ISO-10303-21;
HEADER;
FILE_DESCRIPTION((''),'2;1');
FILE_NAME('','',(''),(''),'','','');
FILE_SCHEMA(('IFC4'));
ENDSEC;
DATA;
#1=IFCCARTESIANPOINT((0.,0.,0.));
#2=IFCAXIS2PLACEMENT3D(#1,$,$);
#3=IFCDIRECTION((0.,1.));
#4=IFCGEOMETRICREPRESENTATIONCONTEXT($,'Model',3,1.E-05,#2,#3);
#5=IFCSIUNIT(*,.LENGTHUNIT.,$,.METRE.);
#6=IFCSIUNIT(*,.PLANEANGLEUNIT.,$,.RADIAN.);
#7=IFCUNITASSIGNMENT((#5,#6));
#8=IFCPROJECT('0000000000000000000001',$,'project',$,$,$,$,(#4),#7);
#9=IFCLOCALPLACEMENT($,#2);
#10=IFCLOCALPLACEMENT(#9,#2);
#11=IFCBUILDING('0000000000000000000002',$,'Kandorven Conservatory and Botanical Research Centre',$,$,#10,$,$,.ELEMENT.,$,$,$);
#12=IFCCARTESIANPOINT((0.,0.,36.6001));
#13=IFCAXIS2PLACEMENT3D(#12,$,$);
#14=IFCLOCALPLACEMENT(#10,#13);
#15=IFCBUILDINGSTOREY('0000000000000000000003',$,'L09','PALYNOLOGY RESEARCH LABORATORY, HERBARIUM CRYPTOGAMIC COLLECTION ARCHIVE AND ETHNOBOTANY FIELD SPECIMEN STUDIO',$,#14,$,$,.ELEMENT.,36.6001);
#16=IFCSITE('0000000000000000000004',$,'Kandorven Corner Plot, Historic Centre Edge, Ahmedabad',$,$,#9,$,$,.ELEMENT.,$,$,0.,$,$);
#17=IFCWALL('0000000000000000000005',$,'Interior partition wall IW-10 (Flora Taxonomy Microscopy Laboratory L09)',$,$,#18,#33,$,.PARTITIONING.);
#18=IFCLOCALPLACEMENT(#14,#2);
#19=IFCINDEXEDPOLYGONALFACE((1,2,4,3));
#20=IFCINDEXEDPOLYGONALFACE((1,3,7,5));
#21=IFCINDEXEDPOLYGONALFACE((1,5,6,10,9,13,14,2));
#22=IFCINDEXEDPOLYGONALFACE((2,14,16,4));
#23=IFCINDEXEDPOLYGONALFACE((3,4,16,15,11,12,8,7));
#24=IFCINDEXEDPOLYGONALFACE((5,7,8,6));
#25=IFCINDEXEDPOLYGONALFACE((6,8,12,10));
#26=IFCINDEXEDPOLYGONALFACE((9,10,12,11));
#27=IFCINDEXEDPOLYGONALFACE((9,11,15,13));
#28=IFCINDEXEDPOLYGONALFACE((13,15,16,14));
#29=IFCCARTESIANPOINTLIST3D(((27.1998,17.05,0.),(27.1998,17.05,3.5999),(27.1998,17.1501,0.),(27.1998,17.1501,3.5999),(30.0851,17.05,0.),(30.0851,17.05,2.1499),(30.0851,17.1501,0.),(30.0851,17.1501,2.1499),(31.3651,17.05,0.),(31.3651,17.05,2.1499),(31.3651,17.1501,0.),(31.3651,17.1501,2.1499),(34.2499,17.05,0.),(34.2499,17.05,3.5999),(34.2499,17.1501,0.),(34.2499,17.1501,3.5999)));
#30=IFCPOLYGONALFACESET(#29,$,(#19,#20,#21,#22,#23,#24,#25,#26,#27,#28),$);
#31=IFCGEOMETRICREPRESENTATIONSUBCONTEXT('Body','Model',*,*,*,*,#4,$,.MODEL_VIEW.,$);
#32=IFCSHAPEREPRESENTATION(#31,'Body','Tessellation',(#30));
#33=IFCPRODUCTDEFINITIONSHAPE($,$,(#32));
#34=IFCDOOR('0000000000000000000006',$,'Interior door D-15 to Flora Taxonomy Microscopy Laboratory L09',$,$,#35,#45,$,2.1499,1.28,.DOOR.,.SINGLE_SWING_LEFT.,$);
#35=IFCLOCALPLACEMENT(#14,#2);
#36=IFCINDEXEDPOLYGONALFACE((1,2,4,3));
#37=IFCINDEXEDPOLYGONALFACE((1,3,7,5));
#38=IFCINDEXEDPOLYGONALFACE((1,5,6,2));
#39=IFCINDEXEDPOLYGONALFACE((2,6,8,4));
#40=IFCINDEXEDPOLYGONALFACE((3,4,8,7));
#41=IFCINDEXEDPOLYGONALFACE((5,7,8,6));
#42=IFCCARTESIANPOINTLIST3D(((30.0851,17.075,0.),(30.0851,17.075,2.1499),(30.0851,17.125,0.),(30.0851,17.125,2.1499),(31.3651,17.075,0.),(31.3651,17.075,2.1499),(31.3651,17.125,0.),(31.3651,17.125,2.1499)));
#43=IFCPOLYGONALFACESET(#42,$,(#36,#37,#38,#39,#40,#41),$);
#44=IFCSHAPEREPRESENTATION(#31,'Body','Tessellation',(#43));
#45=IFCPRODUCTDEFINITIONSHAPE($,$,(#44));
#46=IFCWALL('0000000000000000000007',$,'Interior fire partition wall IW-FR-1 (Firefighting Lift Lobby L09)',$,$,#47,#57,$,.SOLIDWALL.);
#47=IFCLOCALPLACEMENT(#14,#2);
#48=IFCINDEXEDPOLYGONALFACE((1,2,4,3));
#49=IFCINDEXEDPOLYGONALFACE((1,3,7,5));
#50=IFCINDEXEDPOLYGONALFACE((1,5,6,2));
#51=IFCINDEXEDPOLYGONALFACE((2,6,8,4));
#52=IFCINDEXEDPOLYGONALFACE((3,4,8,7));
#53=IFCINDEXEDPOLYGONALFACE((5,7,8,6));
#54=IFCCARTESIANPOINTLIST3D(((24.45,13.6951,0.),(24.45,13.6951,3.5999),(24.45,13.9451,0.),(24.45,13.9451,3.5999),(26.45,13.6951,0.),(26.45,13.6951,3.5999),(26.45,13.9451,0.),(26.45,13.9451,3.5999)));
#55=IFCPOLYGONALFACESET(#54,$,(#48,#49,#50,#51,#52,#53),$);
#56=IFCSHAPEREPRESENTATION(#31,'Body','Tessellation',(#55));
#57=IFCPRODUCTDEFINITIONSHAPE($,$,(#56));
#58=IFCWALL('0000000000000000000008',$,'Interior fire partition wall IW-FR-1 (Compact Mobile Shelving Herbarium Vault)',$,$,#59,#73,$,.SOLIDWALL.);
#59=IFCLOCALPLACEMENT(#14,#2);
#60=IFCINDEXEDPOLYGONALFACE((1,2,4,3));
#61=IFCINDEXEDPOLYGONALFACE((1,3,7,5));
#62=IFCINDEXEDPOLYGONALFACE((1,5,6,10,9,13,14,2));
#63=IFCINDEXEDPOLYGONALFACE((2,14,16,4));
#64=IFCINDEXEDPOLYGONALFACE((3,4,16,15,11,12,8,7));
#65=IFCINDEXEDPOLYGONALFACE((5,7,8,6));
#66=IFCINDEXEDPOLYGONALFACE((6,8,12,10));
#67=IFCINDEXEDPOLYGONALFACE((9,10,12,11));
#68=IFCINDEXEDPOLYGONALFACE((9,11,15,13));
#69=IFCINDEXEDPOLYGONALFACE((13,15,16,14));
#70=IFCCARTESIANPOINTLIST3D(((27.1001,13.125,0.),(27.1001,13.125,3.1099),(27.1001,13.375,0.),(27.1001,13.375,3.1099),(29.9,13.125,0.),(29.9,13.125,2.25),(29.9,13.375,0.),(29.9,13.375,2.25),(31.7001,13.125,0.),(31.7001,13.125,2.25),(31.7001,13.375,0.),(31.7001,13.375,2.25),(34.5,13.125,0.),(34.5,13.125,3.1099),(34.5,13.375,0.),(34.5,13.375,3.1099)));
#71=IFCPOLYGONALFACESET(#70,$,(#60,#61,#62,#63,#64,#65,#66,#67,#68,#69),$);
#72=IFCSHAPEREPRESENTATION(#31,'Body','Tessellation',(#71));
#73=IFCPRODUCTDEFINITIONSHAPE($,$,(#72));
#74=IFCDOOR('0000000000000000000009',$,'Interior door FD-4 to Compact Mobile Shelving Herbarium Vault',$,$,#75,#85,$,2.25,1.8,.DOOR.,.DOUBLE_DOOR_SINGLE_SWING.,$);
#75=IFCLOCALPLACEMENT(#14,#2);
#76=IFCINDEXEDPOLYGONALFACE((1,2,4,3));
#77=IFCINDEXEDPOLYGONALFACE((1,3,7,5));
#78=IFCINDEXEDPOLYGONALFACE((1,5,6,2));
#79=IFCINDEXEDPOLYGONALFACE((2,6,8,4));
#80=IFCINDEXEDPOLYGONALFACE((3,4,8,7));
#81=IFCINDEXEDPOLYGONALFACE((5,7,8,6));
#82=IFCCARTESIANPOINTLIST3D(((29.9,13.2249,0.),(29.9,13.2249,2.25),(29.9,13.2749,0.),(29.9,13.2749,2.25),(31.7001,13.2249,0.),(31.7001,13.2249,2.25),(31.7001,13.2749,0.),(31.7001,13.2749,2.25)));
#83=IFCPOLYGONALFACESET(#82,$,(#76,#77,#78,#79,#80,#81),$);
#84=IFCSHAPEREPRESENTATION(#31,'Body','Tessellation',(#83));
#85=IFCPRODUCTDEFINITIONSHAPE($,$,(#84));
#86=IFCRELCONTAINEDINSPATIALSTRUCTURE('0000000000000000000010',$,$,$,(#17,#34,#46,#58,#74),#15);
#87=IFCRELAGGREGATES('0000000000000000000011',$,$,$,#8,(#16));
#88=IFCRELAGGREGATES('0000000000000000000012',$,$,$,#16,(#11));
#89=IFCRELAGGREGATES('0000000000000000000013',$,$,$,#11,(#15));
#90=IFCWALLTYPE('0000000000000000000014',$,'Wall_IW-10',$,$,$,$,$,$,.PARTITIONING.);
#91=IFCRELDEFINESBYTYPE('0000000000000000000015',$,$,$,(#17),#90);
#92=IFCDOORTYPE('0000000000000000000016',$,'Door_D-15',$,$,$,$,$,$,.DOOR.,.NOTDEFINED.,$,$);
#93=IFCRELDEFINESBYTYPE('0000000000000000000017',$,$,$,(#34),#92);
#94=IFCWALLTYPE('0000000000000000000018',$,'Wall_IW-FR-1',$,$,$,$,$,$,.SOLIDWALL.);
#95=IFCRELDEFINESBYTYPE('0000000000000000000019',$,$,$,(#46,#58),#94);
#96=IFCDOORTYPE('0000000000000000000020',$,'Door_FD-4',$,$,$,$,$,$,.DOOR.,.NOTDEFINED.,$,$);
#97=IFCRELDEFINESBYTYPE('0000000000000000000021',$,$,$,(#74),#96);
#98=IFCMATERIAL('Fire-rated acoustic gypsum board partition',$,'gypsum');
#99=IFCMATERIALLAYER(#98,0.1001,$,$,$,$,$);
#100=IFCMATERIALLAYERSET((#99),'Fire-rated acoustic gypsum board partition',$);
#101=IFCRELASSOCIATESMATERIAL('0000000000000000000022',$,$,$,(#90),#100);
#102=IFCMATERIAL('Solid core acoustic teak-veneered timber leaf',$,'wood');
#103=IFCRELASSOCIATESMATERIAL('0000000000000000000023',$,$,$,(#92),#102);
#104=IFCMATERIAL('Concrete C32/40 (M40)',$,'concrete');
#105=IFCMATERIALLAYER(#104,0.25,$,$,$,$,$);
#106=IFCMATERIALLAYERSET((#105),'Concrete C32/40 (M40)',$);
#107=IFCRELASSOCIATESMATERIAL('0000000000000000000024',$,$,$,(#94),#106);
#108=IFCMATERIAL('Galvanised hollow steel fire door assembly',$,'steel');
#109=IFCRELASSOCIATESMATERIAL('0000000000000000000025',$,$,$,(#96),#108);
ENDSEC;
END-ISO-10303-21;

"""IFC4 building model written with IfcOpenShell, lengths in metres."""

from ifc_helpers import new_model, si_unit, direction, frame, frame_2d, origin, place, context, subcontext, project, spatial, rectangle, extrude, material, layer, layer_set, type_object, element, fill, save


model = new_model("IFC4")

# Units and contexts
model_context = context("Model", 3, precision=1e-05, world=origin(), true_north=direction((0.0, 1.0)))
body_context = subcontext(model_context, "Body", "Model", "MODEL_VIEW")
ifc_project = project(units=[si_unit("LENGTHUNIT", "METRE"), si_unit("PLANEANGLEUNIT", "RADIAN")], contexts=[model_context])

# Site, building, storey
site_placement = place(None, origin())
site = spatial("IfcSite", under=ifc_project, at=site_placement, Name="Kandorven Corner Plot, Historic Centre Edge, Ahmedabad", CompositionType="ELEMENT", RefElevation=0.0)
building_placement = place(site_placement, origin())
building = spatial("IfcBuilding", under=site, at=building_placement, Name="Kandorven Conservatory and Botanical Research Centre", CompositionType="ELEMENT")
storey_placement = place(building_placement, frame((0.0, 0.0, 36.6001)))
storey = spatial("IfcBuildingStorey", under=building, at=storey_placement, Name="L09", Description="PALYNOLOGY RESEARCH LABORATORY, HERBARIUM CRYPTOGAMIC COLLECTION ARCHIVE AND ETHNOBOTANY FIELD SPECIMEN STUDIO", CompositionType="ELEMENT", Elevation=36.6001)

# Wall, opening, door
ifc_material_1 = material(Name="Fire-rated acoustic gypsum board partition", Category="gypsum")
ifc_layer_1 = layer(ifc_material_1, 0.1001)
ifc_layer_set_1 = layer_set([ifc_layer_1], Name="Fire-rated acoustic gypsum board partition")
wall_type_1 = type_object("IfcWallType", Name="Wall_IW-10", PredefinedType="PARTITIONING", material=ifc_layer_set_1)
wall_1_placement = place(storey_placement, frame((27.2, 17.1001, 0.0), z_axis=(0.0, 0.0, 1.0), x_axis=(1.0, 0.0, 0.0)))
wall_1 = element("IfcWall", 1, at=wall_1_placement, inside=storey, type_object=wall_type_1, Name="Interior partition wall IW-10 (Flora Taxonomy Microscopy Laboratory L09)", PredefinedType="PARTITIONING", context=body_context, shape_type="SweptSolid", body=[
    extrude(rectangle(XDim=7.05, YDim=0.1001, at=frame_2d((3.5249, 0.0))), origin(), (0.0, 0.0, 1.0), 3.5999),
])
opening_1_placement = place(wall_1_placement, frame((2.885, 0.0, 0.0)))
opening_1 = element("IfcOpeningElement", 2, at=opening_1_placement, cuts=wall_1, PredefinedType="OPENING", context=body_context, shape_type="SweptSolid", body=[
    extrude(rectangle(XDim=1.28, YDim=2.1499, at=frame_2d((0.6401, 1.075))), frame((0.0, 0.0601, 0.0), z_axis=(0.0, -1.0, 0.0), x_axis=(1.0, 0.0, 0.0)), (0.0, 0.0, 1.0), 0.1201),
])
ifc_material_2 = material(Name="Solid core acoustic teak-veneered timber leaf", Category="wood")
door_type_1 = type_object("IfcDoorType", Name="Door_D-15", OperationType="NOTDEFINED", PredefinedType="DOOR", material=ifc_material_2)
door_1_placement = place(opening_1_placement, origin())
door_1 = element("IfcDoor", 3, at=door_1_placement, inside=storey, type_object=door_type_1, Name="Interior door D-15 to Flora Taxonomy Microscopy Laboratory L09", OperationType="SINGLE_SWING_LEFT", OverallHeight=2.1499, OverallWidth=1.28, PredefinedType="DOOR", context=body_context, shape_type="SweptSolid", body=[
    extrude(rectangle(XDim=1.28, YDim=2.1499, at=frame_2d((0.6401, 1.075))), frame((0.0, 0.0249, 0.0), z_axis=(0.0, -1.0, 0.0), x_axis=(1.0, 0.0, 0.0)), (0.0, 0.0, 1.0), 0.05),
])
fill(opening_1, door_1)

# Wall
ifc_material_3 = material(Name="Concrete C32/40 (M40)", Category="concrete")
ifc_layer_2 = layer(ifc_material_3, 0.25)
ifc_layer_set_2 = layer_set([ifc_layer_2], Name="Concrete C32/40 (M40)")
wall_type_2 = type_object("IfcWallType", Name="Wall_IW-FR-1", PredefinedType="SOLIDWALL", material=ifc_layer_set_2)
wall_2_placement = place(storey_placement, frame((24.45, 13.8201, 0.0), z_axis=(0.0, 0.0, 1.0), x_axis=(1.0, 0.0, 0.0)))
element("IfcWall", 4, at=wall_2_placement, inside=storey, type_object=wall_type_2, Name="Interior fire partition wall IW-FR-1 (Firefighting Lift Lobby L09)", PredefinedType="SOLIDWALL", context=body_context, shape_type="SweptSolid", body=[
    extrude(rectangle(XDim=2.0, YDim=0.25, at=frame_2d((1.0, 0.0))), origin(), (0.0, 0.0, 1.0), 3.5999),
])

# Wall, opening, door
wall_3_placement = place(storey_placement, frame((27.1001, 13.25, 0.0), z_axis=(0.0, 0.0, 1.0), x_axis=(1.0, 0.0, 0.0)))
wall_3 = element("IfcWall", 5, at=wall_3_placement, inside=storey, type_object=wall_type_2, Name="Interior fire partition wall IW-FR-1 (Compact Mobile Shelving Herbarium Vault)", PredefinedType="SOLIDWALL", context=body_context, shape_type="SweptSolid", body=[
    extrude(rectangle(XDim=7.3999, YDim=0.25, at=frame_2d((3.7, 0.0))), origin(), (0.0, 0.0, 1.0), 3.1099),
])
opening_2_placement = place(wall_3_placement, frame((2.8, 0.0, 0.0)))
opening_2 = element("IfcOpeningElement", 6, at=opening_2_placement, cuts=wall_3, PredefinedType="OPENING", context=body_context, shape_type="SweptSolid", body=[
    extrude(rectangle(XDim=1.8, YDim=2.25, at=frame_2d((0.8999, 1.125))), frame((0.0, 0.135, 0.0), z_axis=(0.0, -1.0, 0.0), x_axis=(1.0, 0.0, 0.0)), (0.0, 0.0, 1.0), 0.27),
])
ifc_material_4 = material(Name="Galvanised hollow steel fire door assembly", Category="steel")
door_type_2 = type_object("IfcDoorType", Name="Door_FD-4", OperationType="NOTDEFINED", PredefinedType="DOOR", material=ifc_material_4)
door_2_placement = place(opening_2_placement, origin())
door_2 = element("IfcDoor", 7, at=door_2_placement, inside=storey, type_object=door_type_2, Name="Interior door FD-4 to Compact Mobile Shelving Herbarium Vault", OperationType="DOUBLE_DOOR_SINGLE_SWING", OverallHeight=2.25, OverallWidth=1.8, PredefinedType="DOOR", context=body_context, shape_type="SweptSolid", body=[
    extrude(rectangle(XDim=1.8, YDim=2.25, at=frame_2d((0.8999, 1.125))), frame((0.0, 0.0249, 0.0), z_axis=(0.0, -1.0, 0.0), x_axis=(1.0, 0.0, 0.0)), (0.0, 0.0, 1.0), 0.05),
])
fill(opening_2, door_2)

save(model, "model.ifc")
